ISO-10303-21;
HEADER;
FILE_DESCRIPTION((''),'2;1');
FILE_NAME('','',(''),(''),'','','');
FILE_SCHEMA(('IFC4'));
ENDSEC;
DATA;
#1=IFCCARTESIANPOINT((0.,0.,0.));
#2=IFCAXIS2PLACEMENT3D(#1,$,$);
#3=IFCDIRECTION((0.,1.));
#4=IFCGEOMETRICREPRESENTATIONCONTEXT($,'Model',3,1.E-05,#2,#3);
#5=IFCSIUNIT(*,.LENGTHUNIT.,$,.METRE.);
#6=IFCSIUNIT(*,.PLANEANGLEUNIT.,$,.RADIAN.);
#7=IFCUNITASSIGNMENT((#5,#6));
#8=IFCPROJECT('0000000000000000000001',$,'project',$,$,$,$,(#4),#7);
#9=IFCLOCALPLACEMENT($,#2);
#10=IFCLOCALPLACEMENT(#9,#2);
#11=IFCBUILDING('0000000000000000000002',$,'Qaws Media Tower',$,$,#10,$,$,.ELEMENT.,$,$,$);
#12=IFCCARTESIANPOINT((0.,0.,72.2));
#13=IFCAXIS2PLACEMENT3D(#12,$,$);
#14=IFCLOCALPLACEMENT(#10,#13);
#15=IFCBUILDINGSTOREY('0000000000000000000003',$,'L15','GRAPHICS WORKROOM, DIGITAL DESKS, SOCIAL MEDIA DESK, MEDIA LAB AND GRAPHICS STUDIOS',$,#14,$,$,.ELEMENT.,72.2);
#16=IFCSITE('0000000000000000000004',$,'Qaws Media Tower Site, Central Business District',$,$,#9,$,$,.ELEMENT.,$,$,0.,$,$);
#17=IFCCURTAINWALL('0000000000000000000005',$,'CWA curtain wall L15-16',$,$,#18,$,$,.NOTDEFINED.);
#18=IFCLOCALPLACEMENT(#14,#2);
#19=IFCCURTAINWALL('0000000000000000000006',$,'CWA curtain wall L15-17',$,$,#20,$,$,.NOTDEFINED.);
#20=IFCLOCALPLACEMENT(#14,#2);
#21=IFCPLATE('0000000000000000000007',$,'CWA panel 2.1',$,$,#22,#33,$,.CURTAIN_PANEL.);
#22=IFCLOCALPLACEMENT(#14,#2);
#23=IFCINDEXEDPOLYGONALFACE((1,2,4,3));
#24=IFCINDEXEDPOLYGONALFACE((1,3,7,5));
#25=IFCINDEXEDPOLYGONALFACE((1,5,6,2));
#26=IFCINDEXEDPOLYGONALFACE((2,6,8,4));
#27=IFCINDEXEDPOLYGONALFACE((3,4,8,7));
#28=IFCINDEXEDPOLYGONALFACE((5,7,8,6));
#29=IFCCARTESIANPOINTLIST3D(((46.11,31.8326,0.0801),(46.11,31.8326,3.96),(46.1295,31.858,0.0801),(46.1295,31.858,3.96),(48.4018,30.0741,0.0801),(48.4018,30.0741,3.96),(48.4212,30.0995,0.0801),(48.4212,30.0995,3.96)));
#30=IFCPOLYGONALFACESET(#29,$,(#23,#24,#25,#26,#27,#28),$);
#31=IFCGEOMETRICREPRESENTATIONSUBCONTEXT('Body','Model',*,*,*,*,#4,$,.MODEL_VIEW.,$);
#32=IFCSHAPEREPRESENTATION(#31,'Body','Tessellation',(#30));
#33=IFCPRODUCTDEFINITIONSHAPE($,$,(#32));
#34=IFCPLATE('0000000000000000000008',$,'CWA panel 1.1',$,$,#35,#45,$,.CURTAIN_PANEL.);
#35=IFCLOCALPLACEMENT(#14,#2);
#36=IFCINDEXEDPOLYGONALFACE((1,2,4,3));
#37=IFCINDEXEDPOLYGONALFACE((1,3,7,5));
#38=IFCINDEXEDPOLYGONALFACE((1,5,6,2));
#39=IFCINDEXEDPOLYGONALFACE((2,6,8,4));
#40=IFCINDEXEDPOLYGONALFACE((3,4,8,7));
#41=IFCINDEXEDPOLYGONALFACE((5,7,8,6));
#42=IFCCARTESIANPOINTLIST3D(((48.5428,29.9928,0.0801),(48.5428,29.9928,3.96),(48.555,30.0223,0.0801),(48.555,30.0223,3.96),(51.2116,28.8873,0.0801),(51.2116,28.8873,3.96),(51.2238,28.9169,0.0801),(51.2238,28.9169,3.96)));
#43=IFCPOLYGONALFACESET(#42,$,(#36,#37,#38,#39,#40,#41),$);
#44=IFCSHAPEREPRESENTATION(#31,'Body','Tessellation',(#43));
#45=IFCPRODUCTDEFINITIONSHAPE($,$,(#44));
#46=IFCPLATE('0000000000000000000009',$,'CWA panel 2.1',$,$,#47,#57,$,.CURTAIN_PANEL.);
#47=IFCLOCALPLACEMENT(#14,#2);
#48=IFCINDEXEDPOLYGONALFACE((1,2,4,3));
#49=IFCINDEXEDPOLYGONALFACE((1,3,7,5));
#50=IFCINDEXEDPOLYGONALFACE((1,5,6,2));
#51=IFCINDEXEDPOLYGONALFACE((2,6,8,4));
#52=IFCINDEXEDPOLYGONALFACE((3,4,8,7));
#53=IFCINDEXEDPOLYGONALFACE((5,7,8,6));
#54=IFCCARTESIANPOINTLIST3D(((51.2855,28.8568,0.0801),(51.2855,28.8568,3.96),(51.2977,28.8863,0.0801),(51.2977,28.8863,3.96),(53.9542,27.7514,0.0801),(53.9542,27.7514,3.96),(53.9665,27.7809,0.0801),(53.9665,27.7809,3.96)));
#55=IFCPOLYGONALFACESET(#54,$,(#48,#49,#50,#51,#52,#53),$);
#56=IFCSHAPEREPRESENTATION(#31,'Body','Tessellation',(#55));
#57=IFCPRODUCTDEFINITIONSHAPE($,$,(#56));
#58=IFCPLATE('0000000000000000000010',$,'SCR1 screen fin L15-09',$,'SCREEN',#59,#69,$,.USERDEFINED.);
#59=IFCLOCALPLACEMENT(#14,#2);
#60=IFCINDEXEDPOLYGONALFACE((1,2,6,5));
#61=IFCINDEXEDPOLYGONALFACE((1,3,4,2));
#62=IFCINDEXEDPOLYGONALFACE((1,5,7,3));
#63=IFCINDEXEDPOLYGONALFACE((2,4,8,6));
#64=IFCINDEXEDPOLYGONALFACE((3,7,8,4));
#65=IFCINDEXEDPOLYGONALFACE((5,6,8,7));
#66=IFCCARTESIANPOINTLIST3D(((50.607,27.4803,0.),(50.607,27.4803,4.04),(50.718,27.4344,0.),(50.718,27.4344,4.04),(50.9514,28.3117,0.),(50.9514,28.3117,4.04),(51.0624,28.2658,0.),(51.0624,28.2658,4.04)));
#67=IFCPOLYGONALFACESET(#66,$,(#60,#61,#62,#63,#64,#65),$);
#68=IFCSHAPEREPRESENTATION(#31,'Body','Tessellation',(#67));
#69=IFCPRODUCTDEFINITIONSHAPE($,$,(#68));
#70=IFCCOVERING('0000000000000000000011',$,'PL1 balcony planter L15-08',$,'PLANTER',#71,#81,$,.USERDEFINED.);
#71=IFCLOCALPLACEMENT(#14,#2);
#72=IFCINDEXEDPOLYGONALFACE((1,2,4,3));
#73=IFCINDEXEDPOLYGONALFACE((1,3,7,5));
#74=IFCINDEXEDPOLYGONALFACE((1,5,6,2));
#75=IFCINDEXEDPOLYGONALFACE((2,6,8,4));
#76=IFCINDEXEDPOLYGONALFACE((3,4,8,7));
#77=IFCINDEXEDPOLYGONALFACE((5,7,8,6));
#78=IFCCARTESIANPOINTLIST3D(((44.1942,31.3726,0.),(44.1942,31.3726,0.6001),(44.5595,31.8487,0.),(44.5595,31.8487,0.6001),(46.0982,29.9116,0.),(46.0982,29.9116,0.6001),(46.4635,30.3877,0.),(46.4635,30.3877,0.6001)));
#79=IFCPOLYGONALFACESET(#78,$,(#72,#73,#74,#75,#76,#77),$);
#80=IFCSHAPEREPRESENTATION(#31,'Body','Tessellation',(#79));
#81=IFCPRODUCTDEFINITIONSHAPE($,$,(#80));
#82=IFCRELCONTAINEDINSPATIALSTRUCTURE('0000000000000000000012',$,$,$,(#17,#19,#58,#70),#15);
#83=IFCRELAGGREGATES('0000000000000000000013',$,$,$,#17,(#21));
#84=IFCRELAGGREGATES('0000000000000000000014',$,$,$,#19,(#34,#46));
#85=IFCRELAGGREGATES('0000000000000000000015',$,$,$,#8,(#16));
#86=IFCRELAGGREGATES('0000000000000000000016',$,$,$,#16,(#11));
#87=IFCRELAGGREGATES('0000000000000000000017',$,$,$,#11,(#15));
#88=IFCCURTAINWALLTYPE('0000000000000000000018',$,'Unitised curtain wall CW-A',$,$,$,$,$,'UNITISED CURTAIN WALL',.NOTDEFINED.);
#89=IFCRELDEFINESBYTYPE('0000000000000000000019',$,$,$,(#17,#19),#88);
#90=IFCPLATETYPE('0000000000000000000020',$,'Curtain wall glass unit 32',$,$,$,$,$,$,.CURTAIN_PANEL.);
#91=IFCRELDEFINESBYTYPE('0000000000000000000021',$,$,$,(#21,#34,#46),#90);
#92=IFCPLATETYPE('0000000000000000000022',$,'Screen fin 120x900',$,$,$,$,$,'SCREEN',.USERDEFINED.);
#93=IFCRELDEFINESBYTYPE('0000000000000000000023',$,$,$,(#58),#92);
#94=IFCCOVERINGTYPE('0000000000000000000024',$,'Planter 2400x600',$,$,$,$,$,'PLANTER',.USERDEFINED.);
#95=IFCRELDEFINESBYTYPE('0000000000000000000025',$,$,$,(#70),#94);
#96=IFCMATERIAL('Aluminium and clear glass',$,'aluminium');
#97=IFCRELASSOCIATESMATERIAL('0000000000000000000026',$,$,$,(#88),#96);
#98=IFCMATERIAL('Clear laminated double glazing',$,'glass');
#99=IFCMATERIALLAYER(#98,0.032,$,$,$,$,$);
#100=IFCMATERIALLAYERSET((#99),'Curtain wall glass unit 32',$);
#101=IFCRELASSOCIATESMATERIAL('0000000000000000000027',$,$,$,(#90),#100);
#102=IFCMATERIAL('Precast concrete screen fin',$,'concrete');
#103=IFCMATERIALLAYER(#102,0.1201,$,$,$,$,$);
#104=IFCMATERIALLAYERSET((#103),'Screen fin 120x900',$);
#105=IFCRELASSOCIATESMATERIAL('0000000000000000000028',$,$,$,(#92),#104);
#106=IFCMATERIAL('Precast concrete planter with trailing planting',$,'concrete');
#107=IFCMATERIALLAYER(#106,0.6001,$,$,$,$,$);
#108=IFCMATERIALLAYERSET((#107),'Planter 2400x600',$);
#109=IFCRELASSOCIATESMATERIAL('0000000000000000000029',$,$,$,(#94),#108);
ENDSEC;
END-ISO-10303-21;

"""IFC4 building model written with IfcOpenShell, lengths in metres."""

from ifc_helpers import new_model, si_unit, direction, frame, origin, origin_2d, place, context, subcontext, project, spatial, rectangle, extrude, material, layer, layer_set, type_object, element, aggregate, save


model = new_model("IFC4")

# Units and contexts
model_context = context("Model", 3, precision=1e-05, world=origin(), true_north=direction((0.0, 1.0)))
body_context = subcontext(model_context, "Body", "Model", "MODEL_VIEW")
ifc_project = project(units=[si_unit("LENGTHUNIT", "METRE"), si_unit("PLANEANGLEUNIT", "RADIAN")], contexts=[model_context])

# Site, building, storey
site_placement = place(None, origin())
site = spatial("IfcSite", under=ifc_project, at=site_placement, Name="Qaws Media Tower Site, Central Business District", CompositionType="ELEMENT", RefElevation=0.0)
building_placement = place(site_placement, origin())
building = spatial("IfcBuilding", under=site, at=building_placement, Name="Qaws Media Tower", CompositionType="ELEMENT")
storey_placement = place(building_placement, frame((0.0, 0.0, 72.2)))
storey = spatial("IfcBuildingStorey", under=building, at=storey_placement, Name="L15", Description="GRAPHICS WORKROOM, DIGITAL DESKS, SOCIAL MEDIA DESK, MEDIA LAB AND GRAPHICS STUDIOS", CompositionType="ELEMENT", Elevation=72.2)

# Curtain walls
ifc_material_1 = material(Name="Aluminium and clear glass", Category="aluminium")
curtain_wall_type = type_object("IfcCurtainWallType", Name="Unitised curtain wall CW-A", ElementType="UNITISED CURTAIN WALL", PredefinedType="NOTDEFINED", material=ifc_material_1)
curtain_wall_1_placement = place(storey_placement, origin())
curtain_wall_1 = element("IfcCurtainWall", 1, at=curtain_wall_1_placement, inside=storey, type_object=curtain_wall_type, Name="CWA curtain wall L15-16", PredefinedType="NOTDEFINED")
curtain_wall_2_placement = place(storey_placement, origin())
curtain_wall_2 = element("IfcCurtainWall", 2, at=curtain_wall_2_placement, inside=storey, type_object=curtain_wall_type, Name="CWA curtain wall L15-17", PredefinedType="NOTDEFINED")

# Plates
ifc_material_2 = material(Name="Clear laminated double glazing", Category="glass")
ifc_layer_1 = layer(ifc_material_2, 0.032)
ifc_layer_set_1 = layer_set([ifc_layer_1], Name="Curtain wall glass unit 32")
plate_type_1 = type_object("IfcPlateType", Name="Curtain wall glass unit 32", PredefinedType="CURTAIN_PANEL", material=ifc_layer_set_1)
plate_1_placement = place(storey_placement, frame((47.2656, 30.9661, 0.0801), z_axis=(0.0, 0.0, 1.0), x_axis=(0.793353, -0.608762, 0.0)))
plate_1 = element("IfcPlate", 3, at=plate_1_placement, type_object=plate_type_1, Name="CWA panel 2.1", PredefinedType="CURTAIN_PANEL", context=body_context, shape_type="SweptSolid", body=[
    extrude(rectangle(XDim=2.8887, YDim=0.032, at=origin_2d()), origin(), (0.0, 0.0, 1.0), 3.8799),
])
aggregate(curtain_wall_1, [plate_1])
plate_2_placement = place(storey_placement, frame((49.8833, 29.4548, 0.0801), z_axis=(0.0, 0.0, 1.0), x_axis=(0.92388, -0.382683, 0.0)))
plate_2 = element("IfcPlate", 4, at=plate_2_placement, type_object=plate_type_1, Name="CWA panel 1.1", PredefinedType="CURTAIN_PANEL", context=body_context, shape_type="SweptSolid", body=[
    extrude(rectangle(XDim=2.8887, YDim=0.032, at=origin_2d()), origin(), (0.0, 0.0, 1.0), 3.8799),
])
plate_3_placement = place(storey_placement, frame((52.626, 28.3188, 0.0801), z_axis=(0.0, 0.0, 1.0), x_axis=(0.92388, -0.382683, 0.0)))
plate_3 = element("IfcPlate", 5, at=plate_3_placement, type_object=plate_type_1, Name="CWA panel 2.1", PredefinedType="CURTAIN_PANEL", context=body_context, shape_type="SweptSolid", body=[
    extrude(rectangle(XDim=2.8887, YDim=0.032, at=origin_2d()), origin(), (0.0, 0.0, 1.0), 3.8799),
])
aggregate(curtain_wall_2, [plate_2, plate_3])
ifc_material_3 = material(Name="Precast concrete screen fin", Category="concrete")
ifc_layer_2 = layer(ifc_material_3, 0.1201)
ifc_layer_set_2 = layer_set([ifc_layer_2], Name="Screen fin 120x900")
plate_type_2 = type_object("IfcPlateType", Name="Screen fin 120x900", ElementType="SCREEN", PredefinedType="USERDEFINED", material=ifc_layer_set_2)
plate_4_placement = place(storey_placement, frame((50.8347, 27.873, 0.0), z_axis=(0.0, 0.0, 1.0), x_axis=(-0.382683, -0.92388, 0.0)))
element("IfcPlate", 6, at=plate_4_placement, inside=storey, type_object=plate_type_2, Name="SCR1 screen fin L15-09", ObjectType="SCREEN", PredefinedType="USERDEFINED", context=body_context, shape_type="SweptSolid", body=[
    extrude(rectangle(XDim=0.8999, YDim=0.1201, at=origin_2d()), origin(), (0.0, 0.0, 1.0), 4.04),
])

# Covering
ifc_material_4 = material(Name="Precast concrete planter with trailing planting", Category="concrete")
ifc_layer_3 = layer(ifc_material_4, 0.6001)
ifc_layer_set_3 = layer_set([ifc_layer_3], Name="Planter 2400x600")
covering_type = type_object("IfcCoveringType", Name="Planter 2400x600", ElementType="PLANTER", PredefinedType="USERDEFINED", material=ifc_layer_set_3)
covering_placement = place(storey_placement, frame((45.3289, 30.8801, 0.0), z_axis=(0.0, 0.0, 1.0), x_axis=(0.793353, -0.608761, 0.0)))
element("IfcCovering", 7, at=covering_placement, inside=storey, type_object=covering_type, Name="PL1 balcony planter L15-08", ObjectType="PLANTER", PredefinedType="USERDEFINED", context=body_context, shape_type="SweptSolid", body=[
    extrude(rectangle(XDim=2.3999, YDim=0.6001, at=origin_2d()), origin(), (0.0, 0.0, 1.0), 0.6001),
])

save(model, "model.ifc")
